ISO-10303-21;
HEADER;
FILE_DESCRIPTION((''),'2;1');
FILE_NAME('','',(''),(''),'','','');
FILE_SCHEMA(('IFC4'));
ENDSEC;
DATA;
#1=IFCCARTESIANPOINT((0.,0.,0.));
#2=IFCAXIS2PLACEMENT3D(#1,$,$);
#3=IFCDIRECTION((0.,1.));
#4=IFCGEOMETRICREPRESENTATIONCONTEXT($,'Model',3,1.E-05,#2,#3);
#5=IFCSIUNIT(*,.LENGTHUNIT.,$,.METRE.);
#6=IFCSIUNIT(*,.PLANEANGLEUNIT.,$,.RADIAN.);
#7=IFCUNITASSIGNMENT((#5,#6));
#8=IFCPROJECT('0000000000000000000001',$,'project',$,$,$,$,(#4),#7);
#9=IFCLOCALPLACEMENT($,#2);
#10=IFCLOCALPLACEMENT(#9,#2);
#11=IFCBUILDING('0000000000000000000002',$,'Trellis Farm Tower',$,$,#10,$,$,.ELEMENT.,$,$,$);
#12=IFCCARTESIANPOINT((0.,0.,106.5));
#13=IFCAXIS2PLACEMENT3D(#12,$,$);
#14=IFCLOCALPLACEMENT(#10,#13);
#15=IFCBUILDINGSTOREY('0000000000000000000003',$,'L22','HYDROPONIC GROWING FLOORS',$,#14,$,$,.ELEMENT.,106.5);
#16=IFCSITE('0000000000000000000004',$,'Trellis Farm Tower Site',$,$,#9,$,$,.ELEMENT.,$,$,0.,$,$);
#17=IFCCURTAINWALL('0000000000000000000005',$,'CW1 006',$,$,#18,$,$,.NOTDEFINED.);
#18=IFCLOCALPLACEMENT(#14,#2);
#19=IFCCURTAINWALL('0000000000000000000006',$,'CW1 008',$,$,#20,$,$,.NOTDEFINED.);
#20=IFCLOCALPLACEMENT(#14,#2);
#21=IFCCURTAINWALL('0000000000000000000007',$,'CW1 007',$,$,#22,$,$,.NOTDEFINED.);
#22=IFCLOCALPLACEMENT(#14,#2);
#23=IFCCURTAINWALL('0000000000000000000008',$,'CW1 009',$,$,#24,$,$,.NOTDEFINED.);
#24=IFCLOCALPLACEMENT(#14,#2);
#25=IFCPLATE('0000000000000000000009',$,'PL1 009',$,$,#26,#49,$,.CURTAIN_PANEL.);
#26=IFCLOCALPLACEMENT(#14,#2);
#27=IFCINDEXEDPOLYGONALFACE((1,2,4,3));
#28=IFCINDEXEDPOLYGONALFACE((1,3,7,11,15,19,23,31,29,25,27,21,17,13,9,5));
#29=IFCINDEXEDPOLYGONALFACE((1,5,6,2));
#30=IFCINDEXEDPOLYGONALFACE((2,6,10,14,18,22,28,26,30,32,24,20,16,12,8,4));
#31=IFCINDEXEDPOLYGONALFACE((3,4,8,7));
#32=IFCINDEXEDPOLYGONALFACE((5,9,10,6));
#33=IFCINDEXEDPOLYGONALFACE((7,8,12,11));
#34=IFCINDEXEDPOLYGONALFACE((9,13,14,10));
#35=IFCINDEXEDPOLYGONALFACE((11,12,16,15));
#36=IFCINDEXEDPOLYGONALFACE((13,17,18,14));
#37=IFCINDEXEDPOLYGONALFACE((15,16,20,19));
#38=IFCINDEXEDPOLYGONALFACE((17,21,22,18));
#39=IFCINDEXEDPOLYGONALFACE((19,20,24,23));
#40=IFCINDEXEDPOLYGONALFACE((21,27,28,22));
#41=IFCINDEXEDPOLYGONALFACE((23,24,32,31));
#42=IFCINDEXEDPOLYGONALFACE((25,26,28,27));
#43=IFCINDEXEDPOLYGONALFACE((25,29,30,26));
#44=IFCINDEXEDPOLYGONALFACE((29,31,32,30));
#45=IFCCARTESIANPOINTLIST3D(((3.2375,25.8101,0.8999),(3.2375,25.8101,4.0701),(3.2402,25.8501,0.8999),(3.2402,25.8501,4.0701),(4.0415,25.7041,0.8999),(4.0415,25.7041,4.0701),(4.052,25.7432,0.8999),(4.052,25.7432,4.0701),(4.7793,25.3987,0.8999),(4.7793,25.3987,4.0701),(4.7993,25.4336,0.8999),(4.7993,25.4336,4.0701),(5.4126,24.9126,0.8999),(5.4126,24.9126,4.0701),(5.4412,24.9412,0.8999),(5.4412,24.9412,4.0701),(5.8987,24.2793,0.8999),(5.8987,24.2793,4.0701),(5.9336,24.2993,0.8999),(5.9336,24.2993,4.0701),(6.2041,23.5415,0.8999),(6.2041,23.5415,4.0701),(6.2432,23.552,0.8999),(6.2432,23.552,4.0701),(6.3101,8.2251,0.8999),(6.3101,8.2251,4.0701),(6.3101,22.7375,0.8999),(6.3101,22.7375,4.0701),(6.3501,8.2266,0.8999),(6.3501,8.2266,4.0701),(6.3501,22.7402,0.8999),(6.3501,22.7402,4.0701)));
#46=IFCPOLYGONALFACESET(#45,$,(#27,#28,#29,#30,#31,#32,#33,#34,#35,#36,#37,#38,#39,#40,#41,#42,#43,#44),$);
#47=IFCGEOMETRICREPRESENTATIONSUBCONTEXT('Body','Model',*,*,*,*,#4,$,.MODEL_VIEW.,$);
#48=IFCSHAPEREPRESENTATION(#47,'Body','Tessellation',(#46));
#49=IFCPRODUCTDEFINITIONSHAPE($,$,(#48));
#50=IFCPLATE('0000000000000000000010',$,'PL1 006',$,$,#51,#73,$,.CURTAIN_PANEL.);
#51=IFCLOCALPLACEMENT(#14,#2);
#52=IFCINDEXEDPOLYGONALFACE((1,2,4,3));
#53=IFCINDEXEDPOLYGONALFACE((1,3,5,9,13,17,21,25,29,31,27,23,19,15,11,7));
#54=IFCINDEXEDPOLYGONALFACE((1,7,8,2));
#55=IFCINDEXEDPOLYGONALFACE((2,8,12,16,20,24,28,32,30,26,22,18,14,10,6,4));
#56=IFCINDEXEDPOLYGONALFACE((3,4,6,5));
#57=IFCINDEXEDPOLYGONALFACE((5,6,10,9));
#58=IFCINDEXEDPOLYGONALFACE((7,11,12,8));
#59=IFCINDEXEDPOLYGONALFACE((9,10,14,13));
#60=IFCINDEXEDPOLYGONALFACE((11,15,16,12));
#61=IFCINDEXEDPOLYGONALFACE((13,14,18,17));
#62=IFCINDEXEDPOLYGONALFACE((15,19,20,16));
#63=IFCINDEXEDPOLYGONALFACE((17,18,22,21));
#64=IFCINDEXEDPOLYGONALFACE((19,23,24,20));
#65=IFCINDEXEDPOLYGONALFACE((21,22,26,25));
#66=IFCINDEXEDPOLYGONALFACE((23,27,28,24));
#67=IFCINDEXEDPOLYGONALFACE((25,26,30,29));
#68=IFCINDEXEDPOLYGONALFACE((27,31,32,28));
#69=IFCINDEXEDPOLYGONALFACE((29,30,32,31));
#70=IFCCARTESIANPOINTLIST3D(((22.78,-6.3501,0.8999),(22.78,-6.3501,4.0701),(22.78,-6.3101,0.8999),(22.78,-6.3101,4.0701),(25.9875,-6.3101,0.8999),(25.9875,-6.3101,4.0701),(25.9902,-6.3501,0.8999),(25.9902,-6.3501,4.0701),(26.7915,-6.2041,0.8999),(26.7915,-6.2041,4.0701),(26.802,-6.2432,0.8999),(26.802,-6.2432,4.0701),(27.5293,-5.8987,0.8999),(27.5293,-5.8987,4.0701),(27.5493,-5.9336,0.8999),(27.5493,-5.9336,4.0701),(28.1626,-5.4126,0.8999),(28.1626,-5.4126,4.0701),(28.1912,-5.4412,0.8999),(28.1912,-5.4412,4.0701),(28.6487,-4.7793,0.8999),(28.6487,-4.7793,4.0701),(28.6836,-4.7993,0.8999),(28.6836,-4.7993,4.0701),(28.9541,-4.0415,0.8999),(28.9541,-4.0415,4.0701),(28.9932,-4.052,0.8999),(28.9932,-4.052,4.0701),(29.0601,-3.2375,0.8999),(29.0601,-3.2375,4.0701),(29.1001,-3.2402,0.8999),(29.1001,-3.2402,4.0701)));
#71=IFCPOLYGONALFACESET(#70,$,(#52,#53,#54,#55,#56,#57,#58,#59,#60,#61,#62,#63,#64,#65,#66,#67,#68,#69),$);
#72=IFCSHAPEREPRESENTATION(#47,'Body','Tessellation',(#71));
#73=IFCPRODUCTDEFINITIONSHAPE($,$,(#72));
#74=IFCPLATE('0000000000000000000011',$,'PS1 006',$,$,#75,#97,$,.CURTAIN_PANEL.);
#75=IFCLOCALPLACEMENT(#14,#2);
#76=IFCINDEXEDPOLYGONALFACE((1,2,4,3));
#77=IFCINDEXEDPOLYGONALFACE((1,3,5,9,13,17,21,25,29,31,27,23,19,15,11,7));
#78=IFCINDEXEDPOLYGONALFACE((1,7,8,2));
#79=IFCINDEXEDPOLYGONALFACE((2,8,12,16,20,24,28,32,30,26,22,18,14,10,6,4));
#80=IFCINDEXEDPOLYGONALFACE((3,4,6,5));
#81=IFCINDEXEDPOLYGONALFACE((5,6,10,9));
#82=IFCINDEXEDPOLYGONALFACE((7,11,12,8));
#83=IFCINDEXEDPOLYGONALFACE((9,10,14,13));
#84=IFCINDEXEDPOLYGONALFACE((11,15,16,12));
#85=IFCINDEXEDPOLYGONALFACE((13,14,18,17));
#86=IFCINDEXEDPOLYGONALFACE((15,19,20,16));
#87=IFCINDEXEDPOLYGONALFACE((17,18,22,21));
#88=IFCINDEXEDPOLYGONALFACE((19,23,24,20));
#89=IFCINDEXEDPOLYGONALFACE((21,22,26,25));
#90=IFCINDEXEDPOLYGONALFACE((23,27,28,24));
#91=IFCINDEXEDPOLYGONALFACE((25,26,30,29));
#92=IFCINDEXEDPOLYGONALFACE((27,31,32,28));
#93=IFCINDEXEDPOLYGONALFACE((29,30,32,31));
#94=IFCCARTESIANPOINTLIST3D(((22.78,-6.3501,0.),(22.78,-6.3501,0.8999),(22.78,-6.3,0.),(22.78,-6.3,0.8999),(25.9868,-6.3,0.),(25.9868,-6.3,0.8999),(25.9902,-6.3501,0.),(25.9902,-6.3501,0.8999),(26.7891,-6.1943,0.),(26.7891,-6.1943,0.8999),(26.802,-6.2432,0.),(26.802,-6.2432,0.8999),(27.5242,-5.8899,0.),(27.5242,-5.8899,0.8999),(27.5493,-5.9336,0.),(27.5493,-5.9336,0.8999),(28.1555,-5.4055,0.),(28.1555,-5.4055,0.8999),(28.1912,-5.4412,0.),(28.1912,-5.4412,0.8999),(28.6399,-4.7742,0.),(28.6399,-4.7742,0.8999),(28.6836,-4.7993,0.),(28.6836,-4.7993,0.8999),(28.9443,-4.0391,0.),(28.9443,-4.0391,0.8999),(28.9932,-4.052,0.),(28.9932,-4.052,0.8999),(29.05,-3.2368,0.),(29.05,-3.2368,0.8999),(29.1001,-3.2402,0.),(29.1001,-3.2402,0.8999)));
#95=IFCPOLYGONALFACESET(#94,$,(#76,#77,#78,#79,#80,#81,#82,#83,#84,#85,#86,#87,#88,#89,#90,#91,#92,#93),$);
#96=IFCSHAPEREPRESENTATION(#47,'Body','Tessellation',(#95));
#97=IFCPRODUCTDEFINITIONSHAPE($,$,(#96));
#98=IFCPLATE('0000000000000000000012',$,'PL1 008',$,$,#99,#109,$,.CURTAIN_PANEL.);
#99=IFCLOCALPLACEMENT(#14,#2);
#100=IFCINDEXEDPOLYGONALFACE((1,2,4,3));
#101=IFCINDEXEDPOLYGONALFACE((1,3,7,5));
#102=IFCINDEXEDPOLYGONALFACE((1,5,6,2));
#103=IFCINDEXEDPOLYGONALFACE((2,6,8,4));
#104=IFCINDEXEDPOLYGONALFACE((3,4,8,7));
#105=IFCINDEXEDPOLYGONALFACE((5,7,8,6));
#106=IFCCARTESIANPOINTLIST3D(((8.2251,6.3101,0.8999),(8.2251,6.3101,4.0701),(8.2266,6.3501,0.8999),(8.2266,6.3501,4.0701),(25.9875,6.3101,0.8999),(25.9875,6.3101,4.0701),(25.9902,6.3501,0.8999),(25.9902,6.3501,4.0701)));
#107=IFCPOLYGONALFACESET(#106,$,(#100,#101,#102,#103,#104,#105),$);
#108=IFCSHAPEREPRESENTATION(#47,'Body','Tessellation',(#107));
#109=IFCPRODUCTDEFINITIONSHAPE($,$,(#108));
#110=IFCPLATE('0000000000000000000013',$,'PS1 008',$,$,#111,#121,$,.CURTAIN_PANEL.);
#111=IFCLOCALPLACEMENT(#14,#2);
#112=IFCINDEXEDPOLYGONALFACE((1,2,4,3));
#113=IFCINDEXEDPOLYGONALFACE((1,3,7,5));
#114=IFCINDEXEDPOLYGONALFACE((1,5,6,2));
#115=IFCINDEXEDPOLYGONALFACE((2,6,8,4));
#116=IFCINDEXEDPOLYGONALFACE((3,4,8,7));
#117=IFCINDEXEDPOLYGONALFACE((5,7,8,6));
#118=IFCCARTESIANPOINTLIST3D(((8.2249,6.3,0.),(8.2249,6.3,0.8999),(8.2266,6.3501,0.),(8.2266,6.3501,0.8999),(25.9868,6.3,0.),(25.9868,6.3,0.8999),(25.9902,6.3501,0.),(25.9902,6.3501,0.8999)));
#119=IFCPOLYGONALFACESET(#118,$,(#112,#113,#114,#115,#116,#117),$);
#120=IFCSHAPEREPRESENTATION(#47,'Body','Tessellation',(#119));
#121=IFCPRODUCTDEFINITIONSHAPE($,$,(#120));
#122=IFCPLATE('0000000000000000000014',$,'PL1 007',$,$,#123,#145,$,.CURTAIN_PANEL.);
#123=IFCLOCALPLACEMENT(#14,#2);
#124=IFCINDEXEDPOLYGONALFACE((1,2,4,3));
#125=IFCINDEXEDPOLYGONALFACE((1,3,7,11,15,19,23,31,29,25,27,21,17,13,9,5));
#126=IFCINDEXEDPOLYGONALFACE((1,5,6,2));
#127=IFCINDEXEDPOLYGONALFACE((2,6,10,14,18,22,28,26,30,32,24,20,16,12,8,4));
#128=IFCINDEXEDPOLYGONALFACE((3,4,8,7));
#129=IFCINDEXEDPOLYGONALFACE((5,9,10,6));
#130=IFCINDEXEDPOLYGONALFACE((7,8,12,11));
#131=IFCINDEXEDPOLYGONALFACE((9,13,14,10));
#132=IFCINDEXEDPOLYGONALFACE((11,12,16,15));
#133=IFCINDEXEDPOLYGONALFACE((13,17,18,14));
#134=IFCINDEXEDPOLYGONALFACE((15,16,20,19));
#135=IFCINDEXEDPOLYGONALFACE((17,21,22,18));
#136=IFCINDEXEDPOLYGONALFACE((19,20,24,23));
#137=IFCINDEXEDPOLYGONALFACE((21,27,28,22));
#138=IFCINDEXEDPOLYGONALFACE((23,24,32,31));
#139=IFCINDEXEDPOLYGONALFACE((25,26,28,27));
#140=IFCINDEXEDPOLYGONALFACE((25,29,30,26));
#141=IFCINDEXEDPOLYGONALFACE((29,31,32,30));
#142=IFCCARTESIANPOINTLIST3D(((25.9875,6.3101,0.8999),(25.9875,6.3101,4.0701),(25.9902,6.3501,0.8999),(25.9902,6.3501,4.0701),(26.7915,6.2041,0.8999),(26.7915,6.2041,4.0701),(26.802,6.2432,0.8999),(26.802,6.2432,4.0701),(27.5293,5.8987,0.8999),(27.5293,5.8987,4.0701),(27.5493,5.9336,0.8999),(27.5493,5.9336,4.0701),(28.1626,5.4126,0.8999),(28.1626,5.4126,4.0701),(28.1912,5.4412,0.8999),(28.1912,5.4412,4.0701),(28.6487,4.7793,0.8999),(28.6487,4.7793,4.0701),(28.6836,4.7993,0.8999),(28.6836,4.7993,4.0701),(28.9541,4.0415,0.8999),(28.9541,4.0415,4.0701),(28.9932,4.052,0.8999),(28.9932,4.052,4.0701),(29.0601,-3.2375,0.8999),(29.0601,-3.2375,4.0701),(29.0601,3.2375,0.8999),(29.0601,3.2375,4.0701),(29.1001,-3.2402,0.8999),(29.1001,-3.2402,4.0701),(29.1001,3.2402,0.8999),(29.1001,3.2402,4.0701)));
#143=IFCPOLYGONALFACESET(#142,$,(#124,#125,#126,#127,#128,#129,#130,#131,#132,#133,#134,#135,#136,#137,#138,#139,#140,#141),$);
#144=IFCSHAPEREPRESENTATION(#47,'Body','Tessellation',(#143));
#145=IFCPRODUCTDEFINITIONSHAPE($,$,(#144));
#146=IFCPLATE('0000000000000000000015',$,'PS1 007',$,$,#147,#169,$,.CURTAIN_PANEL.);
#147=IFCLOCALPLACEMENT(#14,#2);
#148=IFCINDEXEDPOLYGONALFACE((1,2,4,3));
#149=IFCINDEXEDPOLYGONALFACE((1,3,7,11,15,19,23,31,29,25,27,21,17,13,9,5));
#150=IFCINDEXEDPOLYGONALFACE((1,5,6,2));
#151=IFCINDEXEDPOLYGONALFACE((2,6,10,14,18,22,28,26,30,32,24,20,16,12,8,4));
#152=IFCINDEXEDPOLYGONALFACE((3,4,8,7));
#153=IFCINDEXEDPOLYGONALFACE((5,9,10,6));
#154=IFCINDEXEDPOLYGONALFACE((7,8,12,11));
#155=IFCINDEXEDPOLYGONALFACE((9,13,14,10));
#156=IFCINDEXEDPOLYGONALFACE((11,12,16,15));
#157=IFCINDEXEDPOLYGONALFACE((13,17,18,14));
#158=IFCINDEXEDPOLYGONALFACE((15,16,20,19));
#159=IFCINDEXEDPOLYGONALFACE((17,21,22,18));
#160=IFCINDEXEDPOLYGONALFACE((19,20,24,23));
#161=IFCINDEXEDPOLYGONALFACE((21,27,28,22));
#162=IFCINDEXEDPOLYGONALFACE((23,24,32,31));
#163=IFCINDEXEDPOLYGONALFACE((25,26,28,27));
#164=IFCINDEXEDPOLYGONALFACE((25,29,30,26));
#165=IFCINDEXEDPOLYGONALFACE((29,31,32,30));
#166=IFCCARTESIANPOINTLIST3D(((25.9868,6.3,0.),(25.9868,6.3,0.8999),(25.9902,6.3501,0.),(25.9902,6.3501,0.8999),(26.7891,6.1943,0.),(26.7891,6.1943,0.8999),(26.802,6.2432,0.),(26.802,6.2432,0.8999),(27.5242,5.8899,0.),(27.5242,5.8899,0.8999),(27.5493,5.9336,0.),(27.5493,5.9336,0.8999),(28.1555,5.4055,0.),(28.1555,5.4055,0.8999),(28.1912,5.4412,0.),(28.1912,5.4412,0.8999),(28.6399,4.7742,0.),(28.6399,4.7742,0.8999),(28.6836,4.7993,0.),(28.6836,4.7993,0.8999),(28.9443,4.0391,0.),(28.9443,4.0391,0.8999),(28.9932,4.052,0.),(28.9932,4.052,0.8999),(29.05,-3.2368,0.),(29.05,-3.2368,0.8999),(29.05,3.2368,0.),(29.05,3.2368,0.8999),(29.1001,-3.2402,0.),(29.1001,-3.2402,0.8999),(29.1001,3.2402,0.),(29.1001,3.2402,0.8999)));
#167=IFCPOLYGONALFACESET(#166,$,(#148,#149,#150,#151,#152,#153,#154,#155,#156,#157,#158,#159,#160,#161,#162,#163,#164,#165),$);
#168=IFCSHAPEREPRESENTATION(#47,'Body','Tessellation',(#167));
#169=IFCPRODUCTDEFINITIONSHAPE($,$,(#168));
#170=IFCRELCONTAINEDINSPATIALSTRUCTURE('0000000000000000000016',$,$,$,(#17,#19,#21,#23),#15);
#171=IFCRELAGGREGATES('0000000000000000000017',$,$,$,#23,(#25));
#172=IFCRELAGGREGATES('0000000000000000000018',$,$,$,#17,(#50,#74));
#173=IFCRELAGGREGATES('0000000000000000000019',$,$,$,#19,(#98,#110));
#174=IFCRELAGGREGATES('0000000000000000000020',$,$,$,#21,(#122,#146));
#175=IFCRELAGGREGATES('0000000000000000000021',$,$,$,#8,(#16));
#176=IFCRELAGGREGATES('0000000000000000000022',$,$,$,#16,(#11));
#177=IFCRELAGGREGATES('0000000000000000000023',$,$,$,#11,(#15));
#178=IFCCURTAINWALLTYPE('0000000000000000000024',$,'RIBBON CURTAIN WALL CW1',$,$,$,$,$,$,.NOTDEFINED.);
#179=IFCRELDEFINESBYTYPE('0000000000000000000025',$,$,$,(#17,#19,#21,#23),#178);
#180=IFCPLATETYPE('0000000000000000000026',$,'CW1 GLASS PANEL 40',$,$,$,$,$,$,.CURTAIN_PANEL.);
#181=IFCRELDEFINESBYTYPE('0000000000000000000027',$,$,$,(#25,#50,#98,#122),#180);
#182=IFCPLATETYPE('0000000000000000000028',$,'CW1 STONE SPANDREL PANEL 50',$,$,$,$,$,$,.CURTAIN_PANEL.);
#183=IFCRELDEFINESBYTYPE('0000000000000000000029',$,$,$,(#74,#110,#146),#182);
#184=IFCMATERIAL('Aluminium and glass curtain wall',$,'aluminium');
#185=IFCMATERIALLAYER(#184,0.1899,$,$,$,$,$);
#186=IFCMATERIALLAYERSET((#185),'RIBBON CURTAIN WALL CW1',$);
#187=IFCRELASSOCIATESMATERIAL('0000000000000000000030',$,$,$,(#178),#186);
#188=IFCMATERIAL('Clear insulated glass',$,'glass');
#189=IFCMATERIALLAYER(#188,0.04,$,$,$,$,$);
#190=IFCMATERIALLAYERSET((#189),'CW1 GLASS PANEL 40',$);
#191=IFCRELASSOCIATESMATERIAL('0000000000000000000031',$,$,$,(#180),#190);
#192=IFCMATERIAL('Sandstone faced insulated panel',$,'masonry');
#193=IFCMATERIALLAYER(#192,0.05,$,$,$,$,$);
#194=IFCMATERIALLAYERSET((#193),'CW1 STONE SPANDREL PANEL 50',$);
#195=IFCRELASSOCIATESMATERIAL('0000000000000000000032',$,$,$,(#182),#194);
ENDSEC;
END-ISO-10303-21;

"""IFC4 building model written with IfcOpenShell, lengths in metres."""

from ifc_helpers import new_model, si_unit, direction, frame, origin, place, context, subcontext, project, spatial, polyline, outline, extrude, source, transform, mapped, material, layer, layer_set, type_object, element, aggregate, save


model = new_model("IFC4")

# Units and contexts
model_context = context("Model", 3, precision=1e-05, world=origin(), true_north=direction((0.0, 1.0)))
body_context = subcontext(model_context, "Body", "Model", "MODEL_VIEW")
ifc_project = project(units=[si_unit("LENGTHUNIT", "METRE"), si_unit("PLANEANGLEUNIT", "RADIAN")], contexts=[model_context])

# Site, building, storey
site_placement = place(None, origin())
site = spatial("IfcSite", under=ifc_project, at=site_placement, Name="Trellis Farm Tower Site", CompositionType="ELEMENT", RefElevation=0.0)
building_placement = place(site_placement, origin())
building = spatial("IfcBuilding", under=site, at=building_placement, Name="Trellis Farm Tower", CompositionType="ELEMENT")
storey_placement = place(building_placement, frame((0.0, 0.0, 106.5)))
storey = spatial("IfcBuildingStorey", under=building, at=storey_placement, Name="L22", Description="HYDROPONIC GROWING FLOORS", CompositionType="ELEMENT", Elevation=106.5)

# Curtain walls
ifc_material_1 = material(Name="Aluminium and glass curtain wall", Category="aluminium")
placement_1 = place(storey_placement, origin())
ifc_layer_1 = layer(ifc_material_1, 0.1899)
ifc_layer_set_1 = layer_set([ifc_layer_1], Name="RIBBON CURTAIN WALL CW1")
curtain_wall_type_1 = type_object("IfcCurtainWallType", Name="RIBBON CURTAIN WALL CW1", PredefinedType="NOTDEFINED", material=ifc_layer_set_1)
curtain_wall_1 = element("IfcCurtainWall", 1, at=placement_1, inside=storey, type_object=curtain_wall_type_1, Name="CW1 006", PredefinedType="NOTDEFINED")
curtain_wall_2 = element("IfcCurtainWall", 2, at=placement_1, inside=storey, type_object=curtain_wall_type_1, Name="CW1 008", PredefinedType="NOTDEFINED")
curtain_wall_3 = element("IfcCurtainWall", 3, at=placement_1, inside=storey, type_object=curtain_wall_type_1, Name="CW1 007", PredefinedType="NOTDEFINED")

# Shared definitions
ifc_material_2 = material(Name="Clear insulated glass", Category="glass")

# Curtain wall, plate
curtain_wall_4 = element("IfcCurtainWall", 4, at=placement_1, inside=storey, type_object=curtain_wall_type_1, Name="CW1 009", PredefinedType="NOTDEFINED")
ifc_layer_2 = layer(ifc_material_2, 0.04)
ifc_layer_set_2 = layer_set([ifc_layer_2], Name="CW1 GLASS PANEL 40")
plate_type_1 = type_object("IfcPlateType", Name="CW1 GLASS PANEL 40", PredefinedType="CURTAIN_PANEL", material=ifc_layer_set_2)
shared_shape_1 = source(origin(), body_context, "Body", "SweptSolid", [
    extrude(outline(polyline([(6.3501, 8.2266), (6.3501, 22.7402), (6.2432, 23.552), (5.9336, 24.2993), (5.4412, 24.9412), (4.7993, 25.4336), (4.052, 25.7432), (3.2402, 25.8501), (3.2375, 25.8101), (4.0415, 25.7041), (4.7793, 25.3987), (5.4126, 24.9126), (5.8987, 24.2793), (6.2041, 23.5415), (6.3101, 22.7375), (6.3101, 8.2251), (6.3501, 8.2266)])), origin(), (0.0, 0.0, 1.0), 3.1702),
])
placement_2 = place(storey_placement, frame((0.0, 0.0, 0.8999)))
plate_1 = element("IfcPlate", 5, at=placement_2, type_object=plate_type_1, Name="PL1 009", PredefinedType="CURTAIN_PANEL", context=body_context, shape_type="MappedRepresentation", body=[
    mapped(shared_shape_1, transform((0.0, 0.0, 0.0))),
])
aggregate(curtain_wall_4, [plate_1])

# Plates
shared_shape_2 = source(origin(), body_context, "Body", "SweptSolid", [
    extrude(outline(polyline([(22.78, -6.3501), (25.9902, -6.3501), (26.802, -6.2432), (27.5493, -5.9336), (28.1912, -5.4412), (28.6836, -4.7993), (28.9932, -4.052), (29.1001, -3.2402), (29.0601, -3.2375), (28.9541, -4.0415), (28.6487, -4.7793), (28.1626, -5.4126), (27.5293, -5.8987), (26.7915, -6.2041), (25.9875, -6.3101), (22.78, -6.3101), (22.78, -6.3501)])), origin(), (0.0, 0.0, 1.0), 3.1702),
])
plate_2 = element("IfcPlate", 6, at=placement_2, type_object=plate_type_1, Name="PL1 006", PredefinedType="CURTAIN_PANEL", context=body_context, shape_type="MappedRepresentation", body=[
    mapped(shared_shape_2, transform((0.0, 0.0, 0.0))),
])
ifc_material_3 = material(Name="Sandstone faced insulated panel", Category="masonry")
ifc_layer_3 = layer(ifc_material_3, 0.05)
ifc_layer_set_3 = layer_set([ifc_layer_3], Name="CW1 STONE SPANDREL PANEL 50")
plate_type_2 = type_object("IfcPlateType", Name="CW1 STONE SPANDREL PANEL 50", PredefinedType="CURTAIN_PANEL", material=ifc_layer_set_3)
shared_shape_3 = source(origin(), body_context, "Body", "SweptSolid", [
    extrude(outline(polyline([(22.78, -6.3501), (25.9902, -6.3501), (26.802, -6.2432), (27.5493, -5.9336), (28.1912, -5.4412), (28.6836, -4.7993), (28.9932, -4.052), (29.1001, -3.2402), (29.05, -3.2368), (28.9443, -4.0391), (28.6399, -4.7742), (28.1555, -5.4055), (27.5242, -5.8899), (26.7891, -6.1943), (25.9868, -6.3), (22.78, -6.3), (22.78, -6.3501)])), origin(), (0.0, 0.0, 1.0), 0.8999),
])
plate_3 = element("IfcPlate", 7, at=placement_1, type_object=plate_type_2, Name="PS1 006", PredefinedType="CURTAIN_PANEL", context=body_context, shape_type="MappedRepresentation", body=[
    mapped(shared_shape_3, transform((0.0, 0.0, 0.0))),
])
aggregate(curtain_wall_1, [plate_2, plate_3])
shared_shape_4 = source(origin(), body_context, "Body", "SweptSolid", [
    extrude(outline(polyline([(25.9902, 6.3501), (8.2266, 6.3501), (8.2251, 6.3101), (25.9875, 6.3101), (25.9902, 6.3501)])), origin(), (0.0, 0.0, 1.0), 3.1702),
])
plate_4 = element("IfcPlate", 8, at=placement_2, type_object=plate_type_1, Name="PL1 008", PredefinedType="CURTAIN_PANEL", context=body_context, shape_type="MappedRepresentation", body=[
    mapped(shared_shape_4, transform((0.0, 0.0, 0.0))),
])
shared_shape_5 = source(origin(), body_context, "Body", "SweptSolid", [
    extrude(outline(polyline([(25.9902, 6.3501), (8.2266, 6.3501), (8.2249, 6.3), (25.9868, 6.3), (25.9902, 6.3501)])), origin(), (0.0, 0.0, 1.0), 0.8999),
])
plate_5 = element("IfcPlate", 9, at=placement_1, type_object=plate_type_2, Name="PS1 008", PredefinedType="CURTAIN_PANEL", context=body_context, shape_type="MappedRepresentation", body=[
    mapped(shared_shape_5, transform((0.0, 0.0, 0.0))),
])
aggregate(curtain_wall_2, [plate_4, plate_5])
shared_shape_6 = source(origin(), body_context, "Body", "SweptSolid", [
    extrude(outline(polyline([(29.1001, -3.2402), (29.1001, 3.2402), (28.9932, 4.052), (28.6836, 4.7993), (28.1912, 5.4412), (27.5493, 5.9336), (26.802, 6.2432), (25.9902, 6.3501), (25.9875, 6.3101), (26.7915, 6.2041), (27.5293, 5.8987), (28.1626, 5.4126), (28.6487, 4.7793), (28.9541, 4.0415), (29.0601, 3.2375), (29.0601, -3.2375), (29.1001, -3.2402)])), origin(), (0.0, 0.0, 1.0), 3.1702),
])
plate_6 = element("IfcPlate", 10, at=placement_2, type_object=plate_type_1, Name="PL1 007", PredefinedType="CURTAIN_PANEL", context=body_context, shape_type="MappedRepresentation", body=[
    mapped(shared_shape_6, transform((0.0, 0.0, 0.0))),
])
shared_shape_7 = source(origin(), body_context, "Body", "SweptSolid", [
    extrude(outline(polyline([(29.1001, -3.2402), (29.1001, 3.2402), (28.9932, 4.052), (28.6836, 4.7993), (28.1912, 5.4412), (27.5493, 5.9336), (26.802, 6.2432), (25.9902, 6.3501), (25.9868, 6.3), (26.7891, 6.1943), (27.5242, 5.8899), (28.1555, 5.4055), (28.6399, 4.7742), (28.9443, 4.0391), (29.05, 3.2368), (29.05, -3.2368), (29.1001, -3.2402)])), origin(), (0.0, 0.0, 1.0), 0.8999),
])
plate_7 = element("IfcPlate", 11, at=placement_1, type_object=plate_type_2, Name="PS1 007", PredefinedType="CURTAIN_PANEL", context=body_context, shape_type="MappedRepresentation", body=[
    mapped(shared_shape_7, transform((0.0, 0.0, 0.0))),
])
aggregate(curtain_wall_3, [plate_6, plate_7])

save(model, "model.ifc")
